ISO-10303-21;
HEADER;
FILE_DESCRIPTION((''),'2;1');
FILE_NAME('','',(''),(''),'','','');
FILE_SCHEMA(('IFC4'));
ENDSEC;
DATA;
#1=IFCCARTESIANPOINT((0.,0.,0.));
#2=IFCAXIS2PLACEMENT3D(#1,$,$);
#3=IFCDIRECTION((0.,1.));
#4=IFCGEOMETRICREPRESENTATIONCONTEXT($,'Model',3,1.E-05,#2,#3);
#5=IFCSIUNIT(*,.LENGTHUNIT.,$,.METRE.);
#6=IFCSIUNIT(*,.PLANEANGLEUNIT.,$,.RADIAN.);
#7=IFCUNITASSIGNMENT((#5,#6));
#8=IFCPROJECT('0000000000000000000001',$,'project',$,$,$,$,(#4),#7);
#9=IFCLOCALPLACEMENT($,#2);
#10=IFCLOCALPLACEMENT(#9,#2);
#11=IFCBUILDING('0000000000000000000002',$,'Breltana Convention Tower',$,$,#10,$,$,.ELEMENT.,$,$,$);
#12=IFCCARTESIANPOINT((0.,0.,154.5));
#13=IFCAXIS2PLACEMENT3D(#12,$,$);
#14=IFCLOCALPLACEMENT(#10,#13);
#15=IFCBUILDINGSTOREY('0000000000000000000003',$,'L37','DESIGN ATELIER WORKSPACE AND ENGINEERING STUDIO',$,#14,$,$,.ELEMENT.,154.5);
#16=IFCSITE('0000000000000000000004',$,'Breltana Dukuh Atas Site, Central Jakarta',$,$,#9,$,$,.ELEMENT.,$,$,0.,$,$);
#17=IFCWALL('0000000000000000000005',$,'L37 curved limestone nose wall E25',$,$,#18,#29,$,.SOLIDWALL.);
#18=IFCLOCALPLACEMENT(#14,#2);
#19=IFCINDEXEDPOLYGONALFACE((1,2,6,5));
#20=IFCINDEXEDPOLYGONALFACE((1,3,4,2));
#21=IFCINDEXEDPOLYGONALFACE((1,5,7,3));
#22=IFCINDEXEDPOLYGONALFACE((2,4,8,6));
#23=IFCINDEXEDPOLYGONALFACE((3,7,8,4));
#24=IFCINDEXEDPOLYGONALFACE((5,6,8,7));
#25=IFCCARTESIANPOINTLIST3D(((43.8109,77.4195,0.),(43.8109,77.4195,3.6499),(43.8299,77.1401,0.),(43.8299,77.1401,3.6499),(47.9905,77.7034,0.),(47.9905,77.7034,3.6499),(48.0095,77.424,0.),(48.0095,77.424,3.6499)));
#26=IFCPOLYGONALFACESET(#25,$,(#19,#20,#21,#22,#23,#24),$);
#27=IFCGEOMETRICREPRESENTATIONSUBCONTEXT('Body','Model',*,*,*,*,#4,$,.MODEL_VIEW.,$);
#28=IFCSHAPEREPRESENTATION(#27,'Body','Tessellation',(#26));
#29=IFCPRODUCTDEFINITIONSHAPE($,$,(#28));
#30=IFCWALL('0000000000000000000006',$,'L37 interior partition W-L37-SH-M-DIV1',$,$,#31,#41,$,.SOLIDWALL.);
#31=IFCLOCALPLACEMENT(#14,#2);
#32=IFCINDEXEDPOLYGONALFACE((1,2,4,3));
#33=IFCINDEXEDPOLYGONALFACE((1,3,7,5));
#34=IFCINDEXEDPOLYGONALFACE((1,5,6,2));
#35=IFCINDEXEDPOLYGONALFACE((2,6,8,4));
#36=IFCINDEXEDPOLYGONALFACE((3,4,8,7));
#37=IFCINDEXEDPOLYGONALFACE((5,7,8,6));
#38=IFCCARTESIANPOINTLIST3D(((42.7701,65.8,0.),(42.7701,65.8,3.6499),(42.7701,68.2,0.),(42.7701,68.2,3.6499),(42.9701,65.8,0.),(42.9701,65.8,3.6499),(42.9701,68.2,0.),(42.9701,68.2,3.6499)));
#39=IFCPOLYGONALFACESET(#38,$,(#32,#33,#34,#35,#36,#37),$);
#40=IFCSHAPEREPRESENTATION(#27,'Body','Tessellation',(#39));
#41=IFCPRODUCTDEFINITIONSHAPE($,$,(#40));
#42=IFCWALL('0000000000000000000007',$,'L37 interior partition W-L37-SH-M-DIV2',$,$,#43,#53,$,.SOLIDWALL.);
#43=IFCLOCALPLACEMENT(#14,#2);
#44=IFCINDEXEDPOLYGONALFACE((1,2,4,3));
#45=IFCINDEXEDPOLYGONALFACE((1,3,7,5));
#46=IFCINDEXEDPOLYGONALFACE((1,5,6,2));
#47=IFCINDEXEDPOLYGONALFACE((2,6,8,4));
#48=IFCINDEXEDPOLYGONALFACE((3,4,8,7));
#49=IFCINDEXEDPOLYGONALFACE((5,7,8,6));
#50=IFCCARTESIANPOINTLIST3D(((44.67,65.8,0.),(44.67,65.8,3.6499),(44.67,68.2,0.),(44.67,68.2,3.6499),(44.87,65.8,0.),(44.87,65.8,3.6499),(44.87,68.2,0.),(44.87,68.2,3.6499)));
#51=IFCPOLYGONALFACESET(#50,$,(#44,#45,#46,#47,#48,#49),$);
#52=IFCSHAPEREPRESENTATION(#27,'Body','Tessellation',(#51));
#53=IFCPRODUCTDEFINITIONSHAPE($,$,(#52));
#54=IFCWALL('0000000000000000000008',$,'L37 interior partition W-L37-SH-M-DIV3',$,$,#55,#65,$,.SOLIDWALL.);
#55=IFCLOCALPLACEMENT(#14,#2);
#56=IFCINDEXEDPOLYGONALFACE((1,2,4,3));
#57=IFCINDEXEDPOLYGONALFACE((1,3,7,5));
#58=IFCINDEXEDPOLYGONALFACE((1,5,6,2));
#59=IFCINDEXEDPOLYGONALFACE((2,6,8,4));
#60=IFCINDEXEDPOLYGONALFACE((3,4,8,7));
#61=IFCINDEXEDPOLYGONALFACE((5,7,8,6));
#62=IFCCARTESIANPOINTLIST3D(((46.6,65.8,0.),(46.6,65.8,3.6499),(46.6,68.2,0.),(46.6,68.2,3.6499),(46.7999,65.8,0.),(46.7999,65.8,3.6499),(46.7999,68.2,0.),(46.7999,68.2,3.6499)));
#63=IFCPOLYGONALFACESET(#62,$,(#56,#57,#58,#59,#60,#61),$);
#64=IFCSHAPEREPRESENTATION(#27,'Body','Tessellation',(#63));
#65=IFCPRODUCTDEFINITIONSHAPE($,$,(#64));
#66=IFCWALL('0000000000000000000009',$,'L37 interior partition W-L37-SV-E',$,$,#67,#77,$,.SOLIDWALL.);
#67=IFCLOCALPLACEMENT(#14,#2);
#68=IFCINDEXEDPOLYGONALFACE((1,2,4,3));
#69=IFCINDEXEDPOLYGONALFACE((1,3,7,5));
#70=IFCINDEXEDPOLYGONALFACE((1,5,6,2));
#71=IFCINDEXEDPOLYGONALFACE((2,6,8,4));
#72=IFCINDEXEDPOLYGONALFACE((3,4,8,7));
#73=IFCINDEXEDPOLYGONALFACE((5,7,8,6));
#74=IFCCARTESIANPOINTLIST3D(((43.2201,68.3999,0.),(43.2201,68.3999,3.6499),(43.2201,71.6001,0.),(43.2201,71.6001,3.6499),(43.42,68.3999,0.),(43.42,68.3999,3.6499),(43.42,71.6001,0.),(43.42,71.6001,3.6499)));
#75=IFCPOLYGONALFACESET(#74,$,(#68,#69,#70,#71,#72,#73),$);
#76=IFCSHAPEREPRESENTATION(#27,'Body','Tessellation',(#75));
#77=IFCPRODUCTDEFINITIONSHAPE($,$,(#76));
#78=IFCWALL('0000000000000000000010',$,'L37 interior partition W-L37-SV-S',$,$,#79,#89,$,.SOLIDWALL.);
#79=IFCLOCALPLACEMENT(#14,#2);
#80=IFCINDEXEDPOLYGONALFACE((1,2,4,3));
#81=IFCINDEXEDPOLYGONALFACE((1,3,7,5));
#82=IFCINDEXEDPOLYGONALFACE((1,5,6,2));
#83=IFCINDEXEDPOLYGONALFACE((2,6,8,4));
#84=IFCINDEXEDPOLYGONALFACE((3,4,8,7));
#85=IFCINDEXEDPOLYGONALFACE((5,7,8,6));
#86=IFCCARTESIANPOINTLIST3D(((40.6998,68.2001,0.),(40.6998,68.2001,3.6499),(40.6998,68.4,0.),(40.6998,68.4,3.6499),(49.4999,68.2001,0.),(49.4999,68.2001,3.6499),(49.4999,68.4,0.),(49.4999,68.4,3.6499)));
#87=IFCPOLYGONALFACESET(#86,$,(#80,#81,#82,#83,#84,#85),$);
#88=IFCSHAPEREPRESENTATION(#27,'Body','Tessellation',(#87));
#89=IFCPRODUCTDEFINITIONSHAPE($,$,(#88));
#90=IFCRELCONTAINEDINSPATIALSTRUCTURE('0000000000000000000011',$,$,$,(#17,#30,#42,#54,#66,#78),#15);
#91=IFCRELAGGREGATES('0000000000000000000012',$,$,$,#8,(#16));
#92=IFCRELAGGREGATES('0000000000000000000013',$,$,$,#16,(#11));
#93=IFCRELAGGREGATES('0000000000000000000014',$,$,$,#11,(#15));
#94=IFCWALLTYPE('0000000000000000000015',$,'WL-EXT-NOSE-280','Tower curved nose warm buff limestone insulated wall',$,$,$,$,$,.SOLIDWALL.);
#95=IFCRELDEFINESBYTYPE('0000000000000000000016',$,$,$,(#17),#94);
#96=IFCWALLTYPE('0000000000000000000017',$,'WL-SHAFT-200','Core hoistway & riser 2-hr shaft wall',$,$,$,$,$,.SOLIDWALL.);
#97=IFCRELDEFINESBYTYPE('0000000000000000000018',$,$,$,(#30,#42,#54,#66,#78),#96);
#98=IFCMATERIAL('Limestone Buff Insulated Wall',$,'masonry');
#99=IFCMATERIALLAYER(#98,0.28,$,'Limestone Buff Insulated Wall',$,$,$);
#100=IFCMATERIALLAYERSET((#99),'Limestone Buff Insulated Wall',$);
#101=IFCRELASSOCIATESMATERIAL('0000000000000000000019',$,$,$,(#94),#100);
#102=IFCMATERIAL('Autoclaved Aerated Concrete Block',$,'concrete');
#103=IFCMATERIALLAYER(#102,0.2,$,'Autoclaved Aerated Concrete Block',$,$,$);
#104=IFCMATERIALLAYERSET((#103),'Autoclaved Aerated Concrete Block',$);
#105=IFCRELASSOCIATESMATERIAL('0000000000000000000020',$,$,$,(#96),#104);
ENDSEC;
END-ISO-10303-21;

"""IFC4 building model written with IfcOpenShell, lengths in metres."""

from ifc_helpers import new_model, si_unit, direction, frame, frame_2d, origin, place, context, subcontext, project, spatial, rectangle, extrude, source, transform, mapped, material, layer, layer_set, type_object, element, save


model = new_model("IFC4")

# Units and contexts
model_context = context("Model", 3, precision=1e-05, world=origin(), true_north=direction((0.0, 1.0)))
body_context = subcontext(model_context, "Body", "Model", "MODEL_VIEW")
ifc_project = project(units=[si_unit("LENGTHUNIT", "METRE"), si_unit("PLANEANGLEUNIT", "RADIAN")], contexts=[model_context])

# Site, building, storey
site_placement = place(None, origin())
site = spatial("IfcSite", under=ifc_project, at=site_placement, Name="Breltana Dukuh Atas Site, Central Jakarta", CompositionType="ELEMENT", RefElevation=0.0)
building_placement = place(site_placement, origin())
building = spatial("IfcBuilding", under=site, at=building_placement, Name="Breltana Convention Tower", CompositionType="ELEMENT")
storey_placement = place(building_placement, frame((0.0, 0.0, 154.5)))
storey = spatial("IfcBuildingStorey", under=building, at=storey_placement, Name="L37", Description="DESIGN ATELIER WORKSPACE AND ENGINEERING STUDIO", CompositionType="ELEMENT", Elevation=154.5)

# Walls
ifc_material_1 = material(Name="Limestone Buff Insulated Wall", Category="masonry")
ifc_layer_1 = layer(ifc_material_1, 0.28, Name="Limestone Buff Insulated Wall")
ifc_layer_set_1 = layer_set([ifc_layer_1], Name="Limestone Buff Insulated Wall")
wall_type_1 = type_object("IfcWallType", Name="WL-EXT-NOSE-280", Description="Tower curved nose warm buff limestone insulated wall", PredefinedType="SOLIDWALL", material=ifc_layer_set_1)
shared_shape_1 = source(origin(), body_context, "Body", "SweptSolid", [
    extrude(rectangle(XDim=4.1892, YDim=0.28, at=frame_2d((2.0947, 0.0))), origin(), (0.0, 0.0, 1.0), 3.6499),
])
wall_1_placement = place(storey_placement, frame((43.8203, 77.2798, 0.0), z_axis=(0.0, 0.0, 1.0), x_axis=(0.997701, 0.067776, 0.0)))
element("IfcWall", 1, at=wall_1_placement, inside=storey, type_object=wall_type_1, Name="L37 curved limestone nose wall E25", PredefinedType="SOLIDWALL", context=body_context, shape_type="MappedRepresentation", body=[
    mapped(shared_shape_1, transform((0.0, 0.0, 0.0), scale=1.0)),
])
ifc_material_2 = material(Name="Autoclaved Aerated Concrete Block", Category="concrete")
ifc_layer_2 = layer(ifc_material_2, 0.2, Name="Autoclaved Aerated Concrete Block")
ifc_layer_set_2 = layer_set([ifc_layer_2], Name="Autoclaved Aerated Concrete Block")
wall_type_2 = type_object("IfcWallType", Name="WL-SHAFT-200", Description="Core hoistway & riser 2-hr shaft wall", PredefinedType="SOLIDWALL", material=ifc_layer_set_2)
shared_shape_2 = source(origin(), body_context, "Body", "SweptSolid", [
    extrude(rectangle(XDim=2.3999, YDim=0.2, at=frame_2d((1.2, 0.0))), origin(), (0.0, 0.0, 1.0), 3.6499),
])
for number, where, z_axis, x_axis, name in (
    (2, (42.8701, 65.8, 0.0), (0.0, 0.0, 1.0), (0.0, 1.0, 0.0), "L37 interior partition W-L37-SH-M-DIV1"),
    (3, (44.77, 65.8, 0.0), (0.0, 0.0, 1.0), (0.0, 1.0, 0.0), "L37 interior partition W-L37-SH-M-DIV2"),
    (4, (46.7, 65.8, 0.0), (0.0, 0.0, 1.0), (0.0, 1.0, 0.0), "L37 interior partition W-L37-SH-M-DIV3"),
):
    element("IfcWall", number, at=place(storey_placement, frame(where, z_axis=z_axis, x_axis=x_axis)), inside=storey, type_object=wall_type_2, Name=name, PredefinedType="SOLIDWALL", context=body_context, shape_type="MappedRepresentation", body=[
        mapped(shared_shape_2, transform((0.0, 0.0, 0.0), scale=1.0)),
    ])
shared_shape_3 = source(origin(), body_context, "Body", "SweptSolid", [
    extrude(rectangle(XDim=3.2002, YDim=0.2, at=frame_2d((1.6001, 0.0))), origin(), (0.0, 0.0, 1.0), 3.6499),
])
wall_2_placement = place(storey_placement, frame((43.3201, 68.3999, 0.0), z_axis=(0.0, 0.0, 1.0), x_axis=(0.0, 1.0, 0.0)))
element("IfcWall", 5, at=wall_2_placement, inside=storey, type_object=wall_type_2, Name="L37 interior partition W-L37-SV-E", PredefinedType="SOLIDWALL", context=body_context, shape_type="MappedRepresentation", body=[
    mapped(shared_shape_3, transform((0.0, 0.0, 0.0), scale=1.0)),
])
shared_shape_4 = source(origin(), body_context, "Body", "SweptSolid", [
    extrude(rectangle(XDim=8.8, YDim=0.2, at=frame_2d((4.3999, 0.0))), origin(), (0.0, 0.0, 1.0), 3.6499),
])
wall_3_placement = place(storey_placement, frame((40.7, 68.3, 0.0), z_axis=(0.0, 0.0, 1.0), x_axis=(1.0, 0.0, 0.0)))
element("IfcWall", 6, at=wall_3_placement, inside=storey, type_object=wall_type_2, Name="L37 interior partition W-L37-SV-S", PredefinedType="SOLIDWALL", context=body_context, shape_type="MappedRepresentation", body=[
    mapped(shared_shape_4, transform((0.0, 0.0, 0.0), scale=1.0)),
])

save(model, "model.ifc")
